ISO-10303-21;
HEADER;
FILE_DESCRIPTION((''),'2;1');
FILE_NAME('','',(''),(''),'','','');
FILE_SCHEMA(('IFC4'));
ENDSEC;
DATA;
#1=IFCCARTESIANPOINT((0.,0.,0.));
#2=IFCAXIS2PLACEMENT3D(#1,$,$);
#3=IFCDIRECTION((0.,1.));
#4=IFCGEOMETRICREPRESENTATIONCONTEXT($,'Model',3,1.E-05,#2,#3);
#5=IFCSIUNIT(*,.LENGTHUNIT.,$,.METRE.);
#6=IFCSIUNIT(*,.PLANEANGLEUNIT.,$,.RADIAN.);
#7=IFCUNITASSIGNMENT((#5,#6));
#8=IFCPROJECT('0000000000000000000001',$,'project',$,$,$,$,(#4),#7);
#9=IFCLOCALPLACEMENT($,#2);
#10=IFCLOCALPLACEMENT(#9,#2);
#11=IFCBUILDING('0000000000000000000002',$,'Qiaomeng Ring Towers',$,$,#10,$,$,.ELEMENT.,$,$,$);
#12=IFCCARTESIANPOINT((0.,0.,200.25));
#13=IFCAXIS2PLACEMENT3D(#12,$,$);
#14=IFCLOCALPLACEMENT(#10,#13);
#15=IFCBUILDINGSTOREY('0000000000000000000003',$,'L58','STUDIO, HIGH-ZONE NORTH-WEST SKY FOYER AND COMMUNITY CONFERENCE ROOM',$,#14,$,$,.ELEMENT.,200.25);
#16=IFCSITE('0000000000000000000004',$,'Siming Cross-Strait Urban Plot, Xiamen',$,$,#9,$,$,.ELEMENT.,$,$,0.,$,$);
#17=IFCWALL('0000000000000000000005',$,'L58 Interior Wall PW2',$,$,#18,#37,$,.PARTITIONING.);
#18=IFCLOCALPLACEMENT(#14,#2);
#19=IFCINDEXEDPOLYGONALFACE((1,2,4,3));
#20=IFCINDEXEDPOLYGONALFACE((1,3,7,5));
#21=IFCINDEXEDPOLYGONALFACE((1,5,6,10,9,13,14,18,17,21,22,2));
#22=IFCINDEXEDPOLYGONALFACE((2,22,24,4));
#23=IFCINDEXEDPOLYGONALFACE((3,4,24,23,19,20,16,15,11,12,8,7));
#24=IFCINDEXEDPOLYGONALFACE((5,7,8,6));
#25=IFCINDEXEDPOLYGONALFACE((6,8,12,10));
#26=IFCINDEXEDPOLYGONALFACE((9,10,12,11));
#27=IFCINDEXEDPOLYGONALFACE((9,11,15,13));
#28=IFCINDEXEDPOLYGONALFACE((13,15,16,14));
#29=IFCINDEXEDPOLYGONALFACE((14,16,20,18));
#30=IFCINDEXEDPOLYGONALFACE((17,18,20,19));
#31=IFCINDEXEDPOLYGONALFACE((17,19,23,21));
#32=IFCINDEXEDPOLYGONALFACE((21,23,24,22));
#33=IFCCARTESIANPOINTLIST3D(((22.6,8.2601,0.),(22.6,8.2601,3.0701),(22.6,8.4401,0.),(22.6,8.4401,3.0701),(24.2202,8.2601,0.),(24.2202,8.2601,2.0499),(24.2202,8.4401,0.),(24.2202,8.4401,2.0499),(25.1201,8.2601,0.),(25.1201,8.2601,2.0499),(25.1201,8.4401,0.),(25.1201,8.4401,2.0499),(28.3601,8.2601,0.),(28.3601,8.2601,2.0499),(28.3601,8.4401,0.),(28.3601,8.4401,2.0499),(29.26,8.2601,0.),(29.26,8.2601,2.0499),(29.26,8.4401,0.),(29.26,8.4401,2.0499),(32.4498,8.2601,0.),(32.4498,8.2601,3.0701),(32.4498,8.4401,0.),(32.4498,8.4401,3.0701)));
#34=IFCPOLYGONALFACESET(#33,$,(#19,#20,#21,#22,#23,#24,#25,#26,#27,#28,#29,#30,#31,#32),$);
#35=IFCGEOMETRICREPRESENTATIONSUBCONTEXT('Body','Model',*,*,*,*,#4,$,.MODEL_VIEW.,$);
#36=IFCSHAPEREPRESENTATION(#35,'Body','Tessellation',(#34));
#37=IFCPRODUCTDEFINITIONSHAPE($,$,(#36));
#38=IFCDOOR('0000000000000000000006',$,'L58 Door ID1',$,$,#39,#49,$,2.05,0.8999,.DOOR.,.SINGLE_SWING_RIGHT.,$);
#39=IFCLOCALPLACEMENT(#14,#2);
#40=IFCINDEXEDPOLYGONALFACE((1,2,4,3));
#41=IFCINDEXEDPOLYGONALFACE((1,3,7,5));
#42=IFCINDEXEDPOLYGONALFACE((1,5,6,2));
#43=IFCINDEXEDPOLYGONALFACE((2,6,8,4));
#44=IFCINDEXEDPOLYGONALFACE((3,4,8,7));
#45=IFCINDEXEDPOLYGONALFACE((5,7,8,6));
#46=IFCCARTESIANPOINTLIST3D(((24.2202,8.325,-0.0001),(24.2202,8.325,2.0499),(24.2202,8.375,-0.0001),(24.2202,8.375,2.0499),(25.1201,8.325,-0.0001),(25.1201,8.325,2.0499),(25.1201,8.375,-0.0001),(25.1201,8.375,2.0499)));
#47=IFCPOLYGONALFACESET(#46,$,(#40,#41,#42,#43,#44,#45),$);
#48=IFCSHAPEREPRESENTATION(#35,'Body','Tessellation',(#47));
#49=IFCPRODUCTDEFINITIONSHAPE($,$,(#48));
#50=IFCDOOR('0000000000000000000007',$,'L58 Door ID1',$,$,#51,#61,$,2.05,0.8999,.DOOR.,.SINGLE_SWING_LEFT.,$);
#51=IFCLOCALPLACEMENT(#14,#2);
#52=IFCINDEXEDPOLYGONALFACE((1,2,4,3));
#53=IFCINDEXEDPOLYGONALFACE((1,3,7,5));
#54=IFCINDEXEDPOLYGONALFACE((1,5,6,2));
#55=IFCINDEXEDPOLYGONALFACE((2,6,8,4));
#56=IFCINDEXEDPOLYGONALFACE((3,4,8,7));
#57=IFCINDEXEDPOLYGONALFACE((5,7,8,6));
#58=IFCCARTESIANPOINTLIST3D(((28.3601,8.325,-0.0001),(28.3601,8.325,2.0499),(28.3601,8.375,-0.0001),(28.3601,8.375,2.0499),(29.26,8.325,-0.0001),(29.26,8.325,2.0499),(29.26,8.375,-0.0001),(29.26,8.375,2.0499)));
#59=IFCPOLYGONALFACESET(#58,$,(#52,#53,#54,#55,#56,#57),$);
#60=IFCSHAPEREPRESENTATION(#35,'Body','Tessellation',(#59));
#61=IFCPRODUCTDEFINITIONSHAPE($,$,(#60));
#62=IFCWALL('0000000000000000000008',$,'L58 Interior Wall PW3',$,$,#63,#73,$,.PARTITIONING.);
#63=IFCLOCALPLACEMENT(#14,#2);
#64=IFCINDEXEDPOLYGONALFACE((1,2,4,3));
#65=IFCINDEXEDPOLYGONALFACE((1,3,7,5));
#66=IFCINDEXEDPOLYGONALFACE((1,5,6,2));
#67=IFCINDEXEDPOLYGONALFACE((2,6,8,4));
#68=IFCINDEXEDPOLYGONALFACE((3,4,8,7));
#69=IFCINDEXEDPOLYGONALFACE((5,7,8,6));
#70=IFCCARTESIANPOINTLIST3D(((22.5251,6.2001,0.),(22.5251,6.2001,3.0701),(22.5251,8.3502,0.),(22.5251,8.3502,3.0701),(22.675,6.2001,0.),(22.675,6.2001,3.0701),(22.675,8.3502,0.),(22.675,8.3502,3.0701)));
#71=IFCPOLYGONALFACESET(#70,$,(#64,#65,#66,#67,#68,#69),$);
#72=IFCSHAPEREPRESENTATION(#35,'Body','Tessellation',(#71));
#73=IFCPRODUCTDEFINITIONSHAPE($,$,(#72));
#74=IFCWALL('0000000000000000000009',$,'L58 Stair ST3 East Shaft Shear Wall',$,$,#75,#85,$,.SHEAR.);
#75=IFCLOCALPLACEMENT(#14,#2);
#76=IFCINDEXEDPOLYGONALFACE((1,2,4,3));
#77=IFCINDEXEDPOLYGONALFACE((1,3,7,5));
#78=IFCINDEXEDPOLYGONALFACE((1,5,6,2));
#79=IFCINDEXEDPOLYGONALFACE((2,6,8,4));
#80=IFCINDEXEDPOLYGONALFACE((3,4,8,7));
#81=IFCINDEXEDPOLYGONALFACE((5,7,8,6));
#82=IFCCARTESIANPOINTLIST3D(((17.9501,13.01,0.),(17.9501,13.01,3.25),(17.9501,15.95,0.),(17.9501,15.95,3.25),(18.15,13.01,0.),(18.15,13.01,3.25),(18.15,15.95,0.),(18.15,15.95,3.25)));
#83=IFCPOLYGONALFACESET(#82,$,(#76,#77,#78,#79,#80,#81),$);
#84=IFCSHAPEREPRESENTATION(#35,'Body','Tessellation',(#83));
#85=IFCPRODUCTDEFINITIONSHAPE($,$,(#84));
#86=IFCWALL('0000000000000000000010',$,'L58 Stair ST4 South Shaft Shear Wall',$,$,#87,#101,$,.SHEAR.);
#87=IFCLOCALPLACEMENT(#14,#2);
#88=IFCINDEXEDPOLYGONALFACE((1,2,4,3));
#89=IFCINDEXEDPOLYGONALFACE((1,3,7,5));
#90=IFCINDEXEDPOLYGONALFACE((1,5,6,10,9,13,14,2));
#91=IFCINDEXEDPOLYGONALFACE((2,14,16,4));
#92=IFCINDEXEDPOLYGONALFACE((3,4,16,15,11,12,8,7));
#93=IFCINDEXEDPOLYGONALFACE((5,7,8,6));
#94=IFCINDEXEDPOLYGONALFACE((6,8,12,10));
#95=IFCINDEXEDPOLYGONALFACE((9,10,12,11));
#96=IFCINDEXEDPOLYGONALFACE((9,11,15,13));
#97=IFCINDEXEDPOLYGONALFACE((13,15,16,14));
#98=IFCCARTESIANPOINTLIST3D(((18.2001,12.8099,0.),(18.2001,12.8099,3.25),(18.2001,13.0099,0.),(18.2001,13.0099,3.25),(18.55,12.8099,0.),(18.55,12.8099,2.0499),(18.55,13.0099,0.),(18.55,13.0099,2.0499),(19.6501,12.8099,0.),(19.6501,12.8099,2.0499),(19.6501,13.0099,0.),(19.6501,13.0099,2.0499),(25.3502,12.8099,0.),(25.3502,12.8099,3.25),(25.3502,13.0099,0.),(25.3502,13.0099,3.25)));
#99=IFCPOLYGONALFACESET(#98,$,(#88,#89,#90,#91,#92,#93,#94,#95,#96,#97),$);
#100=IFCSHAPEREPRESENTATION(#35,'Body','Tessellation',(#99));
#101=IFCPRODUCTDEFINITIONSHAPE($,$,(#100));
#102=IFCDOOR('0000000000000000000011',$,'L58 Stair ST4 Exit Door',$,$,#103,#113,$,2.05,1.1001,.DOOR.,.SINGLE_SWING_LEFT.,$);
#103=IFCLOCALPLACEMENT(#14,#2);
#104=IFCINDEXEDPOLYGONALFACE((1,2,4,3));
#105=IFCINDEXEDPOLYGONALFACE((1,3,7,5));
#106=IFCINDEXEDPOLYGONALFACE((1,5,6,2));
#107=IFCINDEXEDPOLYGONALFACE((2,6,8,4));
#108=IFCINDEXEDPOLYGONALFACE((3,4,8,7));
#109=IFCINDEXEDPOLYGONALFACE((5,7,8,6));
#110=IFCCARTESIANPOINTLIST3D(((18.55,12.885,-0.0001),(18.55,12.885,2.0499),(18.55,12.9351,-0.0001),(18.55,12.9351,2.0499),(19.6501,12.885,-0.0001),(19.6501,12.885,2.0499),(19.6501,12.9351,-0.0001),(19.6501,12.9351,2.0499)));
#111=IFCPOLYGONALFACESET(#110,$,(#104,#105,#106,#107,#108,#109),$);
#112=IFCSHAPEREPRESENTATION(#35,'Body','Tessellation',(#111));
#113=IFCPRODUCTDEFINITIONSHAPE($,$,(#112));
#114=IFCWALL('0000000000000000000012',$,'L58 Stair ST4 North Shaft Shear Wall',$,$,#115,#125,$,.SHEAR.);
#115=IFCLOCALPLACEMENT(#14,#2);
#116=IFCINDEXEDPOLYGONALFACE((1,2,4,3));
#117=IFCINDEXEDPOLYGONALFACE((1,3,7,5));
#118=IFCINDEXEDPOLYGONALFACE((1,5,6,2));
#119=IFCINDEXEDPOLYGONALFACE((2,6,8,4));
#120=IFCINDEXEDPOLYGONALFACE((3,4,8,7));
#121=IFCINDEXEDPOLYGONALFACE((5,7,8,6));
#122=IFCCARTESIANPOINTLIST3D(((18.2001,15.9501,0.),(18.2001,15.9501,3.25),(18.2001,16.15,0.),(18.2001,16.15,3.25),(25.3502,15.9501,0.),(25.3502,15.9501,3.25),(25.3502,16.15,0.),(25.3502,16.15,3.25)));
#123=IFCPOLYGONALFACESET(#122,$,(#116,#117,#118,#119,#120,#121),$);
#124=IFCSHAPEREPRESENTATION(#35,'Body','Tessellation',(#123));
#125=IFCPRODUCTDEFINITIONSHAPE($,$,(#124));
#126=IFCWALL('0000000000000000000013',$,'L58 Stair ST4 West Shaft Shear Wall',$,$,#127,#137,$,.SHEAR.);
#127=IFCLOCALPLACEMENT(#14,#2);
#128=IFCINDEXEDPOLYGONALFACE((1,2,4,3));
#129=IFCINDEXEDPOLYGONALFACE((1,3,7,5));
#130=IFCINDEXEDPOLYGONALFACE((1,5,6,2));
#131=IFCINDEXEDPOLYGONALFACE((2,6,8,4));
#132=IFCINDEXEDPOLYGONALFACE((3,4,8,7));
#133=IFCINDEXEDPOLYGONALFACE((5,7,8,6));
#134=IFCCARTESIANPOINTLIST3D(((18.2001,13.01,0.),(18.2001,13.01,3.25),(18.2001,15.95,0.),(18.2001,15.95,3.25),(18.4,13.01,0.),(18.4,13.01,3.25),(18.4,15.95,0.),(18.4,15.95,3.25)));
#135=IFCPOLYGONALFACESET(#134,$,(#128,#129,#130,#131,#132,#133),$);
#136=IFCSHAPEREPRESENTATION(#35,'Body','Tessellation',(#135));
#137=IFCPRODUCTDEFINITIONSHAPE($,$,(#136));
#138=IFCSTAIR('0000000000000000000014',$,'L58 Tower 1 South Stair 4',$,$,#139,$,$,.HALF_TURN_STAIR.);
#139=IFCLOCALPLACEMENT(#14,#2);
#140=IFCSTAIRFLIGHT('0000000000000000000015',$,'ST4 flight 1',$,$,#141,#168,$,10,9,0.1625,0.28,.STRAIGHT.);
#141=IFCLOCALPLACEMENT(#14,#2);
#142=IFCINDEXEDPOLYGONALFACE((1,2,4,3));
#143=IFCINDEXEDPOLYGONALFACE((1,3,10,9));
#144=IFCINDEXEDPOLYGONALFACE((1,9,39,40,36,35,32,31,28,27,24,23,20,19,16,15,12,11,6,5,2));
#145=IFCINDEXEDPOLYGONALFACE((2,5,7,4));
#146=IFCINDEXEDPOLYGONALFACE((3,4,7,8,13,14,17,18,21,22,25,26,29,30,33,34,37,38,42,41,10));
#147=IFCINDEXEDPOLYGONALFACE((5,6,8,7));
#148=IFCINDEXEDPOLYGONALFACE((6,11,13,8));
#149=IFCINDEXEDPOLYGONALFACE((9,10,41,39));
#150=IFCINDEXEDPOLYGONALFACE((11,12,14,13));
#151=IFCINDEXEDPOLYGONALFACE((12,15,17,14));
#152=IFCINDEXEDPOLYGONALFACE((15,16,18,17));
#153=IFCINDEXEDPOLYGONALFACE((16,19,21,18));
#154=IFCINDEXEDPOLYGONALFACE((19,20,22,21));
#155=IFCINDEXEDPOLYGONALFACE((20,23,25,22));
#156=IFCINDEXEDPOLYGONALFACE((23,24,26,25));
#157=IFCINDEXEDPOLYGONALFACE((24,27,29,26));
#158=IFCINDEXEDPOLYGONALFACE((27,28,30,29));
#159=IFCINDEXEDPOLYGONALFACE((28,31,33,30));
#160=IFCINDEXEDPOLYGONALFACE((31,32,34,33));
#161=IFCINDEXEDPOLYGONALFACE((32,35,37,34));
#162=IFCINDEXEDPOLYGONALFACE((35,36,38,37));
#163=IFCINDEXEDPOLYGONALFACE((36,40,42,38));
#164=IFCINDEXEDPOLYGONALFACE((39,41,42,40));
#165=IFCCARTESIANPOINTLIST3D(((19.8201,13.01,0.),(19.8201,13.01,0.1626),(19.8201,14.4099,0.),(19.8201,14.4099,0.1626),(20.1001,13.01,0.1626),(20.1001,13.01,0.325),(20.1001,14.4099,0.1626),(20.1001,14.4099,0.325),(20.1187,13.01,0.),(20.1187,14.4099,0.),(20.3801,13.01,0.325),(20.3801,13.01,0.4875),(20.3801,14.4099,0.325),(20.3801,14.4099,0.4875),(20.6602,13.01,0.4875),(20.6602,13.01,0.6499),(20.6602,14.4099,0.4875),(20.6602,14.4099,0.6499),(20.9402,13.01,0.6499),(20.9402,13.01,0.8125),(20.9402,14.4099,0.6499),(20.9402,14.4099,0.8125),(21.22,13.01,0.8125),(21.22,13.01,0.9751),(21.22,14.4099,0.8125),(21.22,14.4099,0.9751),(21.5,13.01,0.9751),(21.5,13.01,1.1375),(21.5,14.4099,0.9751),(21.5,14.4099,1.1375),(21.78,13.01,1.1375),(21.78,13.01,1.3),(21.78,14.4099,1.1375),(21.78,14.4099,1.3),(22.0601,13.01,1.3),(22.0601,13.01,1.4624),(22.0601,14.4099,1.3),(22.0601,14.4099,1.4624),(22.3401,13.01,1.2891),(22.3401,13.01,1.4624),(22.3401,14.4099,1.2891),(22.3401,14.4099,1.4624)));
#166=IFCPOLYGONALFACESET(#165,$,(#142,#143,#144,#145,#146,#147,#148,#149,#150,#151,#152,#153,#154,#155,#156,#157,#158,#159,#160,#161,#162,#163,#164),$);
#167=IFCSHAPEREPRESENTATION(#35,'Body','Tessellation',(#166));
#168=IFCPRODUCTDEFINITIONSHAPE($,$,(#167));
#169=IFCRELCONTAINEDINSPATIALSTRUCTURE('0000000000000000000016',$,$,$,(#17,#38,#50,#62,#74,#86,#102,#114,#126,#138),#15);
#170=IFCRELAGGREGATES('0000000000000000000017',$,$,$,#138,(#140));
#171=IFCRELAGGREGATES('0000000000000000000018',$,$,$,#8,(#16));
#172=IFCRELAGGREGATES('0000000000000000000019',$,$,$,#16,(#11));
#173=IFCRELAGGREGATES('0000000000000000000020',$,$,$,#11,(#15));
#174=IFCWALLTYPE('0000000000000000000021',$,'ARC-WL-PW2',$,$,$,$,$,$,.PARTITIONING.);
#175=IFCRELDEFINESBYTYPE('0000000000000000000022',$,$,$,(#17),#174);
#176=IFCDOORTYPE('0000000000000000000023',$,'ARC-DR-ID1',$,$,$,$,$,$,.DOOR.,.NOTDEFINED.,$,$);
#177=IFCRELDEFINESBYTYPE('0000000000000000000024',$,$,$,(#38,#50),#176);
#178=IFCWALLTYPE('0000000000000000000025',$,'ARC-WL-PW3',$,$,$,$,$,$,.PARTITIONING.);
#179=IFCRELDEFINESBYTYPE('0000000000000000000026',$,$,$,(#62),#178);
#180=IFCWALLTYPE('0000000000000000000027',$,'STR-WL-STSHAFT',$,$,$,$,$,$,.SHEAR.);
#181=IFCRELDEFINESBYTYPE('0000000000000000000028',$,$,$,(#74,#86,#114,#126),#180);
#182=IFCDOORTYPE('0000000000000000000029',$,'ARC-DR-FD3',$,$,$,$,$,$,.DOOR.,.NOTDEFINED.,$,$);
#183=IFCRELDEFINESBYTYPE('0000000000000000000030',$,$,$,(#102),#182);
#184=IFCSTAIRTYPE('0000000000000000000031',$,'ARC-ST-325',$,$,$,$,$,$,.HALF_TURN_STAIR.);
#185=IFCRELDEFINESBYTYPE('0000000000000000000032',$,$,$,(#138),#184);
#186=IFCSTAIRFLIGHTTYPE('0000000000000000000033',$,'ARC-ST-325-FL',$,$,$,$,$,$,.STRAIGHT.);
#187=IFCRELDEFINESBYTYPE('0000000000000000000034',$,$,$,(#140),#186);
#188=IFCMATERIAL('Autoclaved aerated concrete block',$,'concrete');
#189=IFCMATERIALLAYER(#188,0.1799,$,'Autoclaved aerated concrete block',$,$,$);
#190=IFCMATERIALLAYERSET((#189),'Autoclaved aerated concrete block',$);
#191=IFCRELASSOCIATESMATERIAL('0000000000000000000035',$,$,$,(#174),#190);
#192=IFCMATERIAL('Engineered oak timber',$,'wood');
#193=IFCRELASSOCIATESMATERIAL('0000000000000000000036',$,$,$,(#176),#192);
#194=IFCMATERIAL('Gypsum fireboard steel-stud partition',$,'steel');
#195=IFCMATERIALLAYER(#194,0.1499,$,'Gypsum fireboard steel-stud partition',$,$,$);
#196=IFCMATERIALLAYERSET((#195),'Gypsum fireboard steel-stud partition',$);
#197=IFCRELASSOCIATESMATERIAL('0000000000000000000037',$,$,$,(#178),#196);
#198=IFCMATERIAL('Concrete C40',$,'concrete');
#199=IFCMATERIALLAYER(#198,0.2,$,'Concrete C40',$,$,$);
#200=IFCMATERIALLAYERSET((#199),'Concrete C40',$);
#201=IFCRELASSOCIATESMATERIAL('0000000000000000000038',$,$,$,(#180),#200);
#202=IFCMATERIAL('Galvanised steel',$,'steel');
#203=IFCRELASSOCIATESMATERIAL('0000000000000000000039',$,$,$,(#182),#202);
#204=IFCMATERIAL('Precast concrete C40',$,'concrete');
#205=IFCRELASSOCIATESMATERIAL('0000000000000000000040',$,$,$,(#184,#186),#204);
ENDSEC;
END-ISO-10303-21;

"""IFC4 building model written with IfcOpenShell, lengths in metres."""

from ifc_helpers import new_model, si_unit, direction, frame, frame_2d, origin, place, context, subcontext, project, spatial, polyline, rectangle, outline, extrude, source, transform, mapped, material, layer, layer_set, type_object, element, fill, aggregate, save


model = new_model("IFC4")

# Units and contexts
model_context = context("Model", 3, precision=1e-05, world=origin(), true_north=direction((0.0, 1.0)))
body_context = subcontext(model_context, "Body", "Model", "MODEL_VIEW")
ifc_project = project(units=[si_unit("LENGTHUNIT", "METRE"), si_unit("PLANEANGLEUNIT", "RADIAN")], contexts=[model_context])

# Site, building, storey
site_placement = place(None, origin())
site = spatial("IfcSite", under=ifc_project, at=site_placement, Name="Siming Cross-Strait Urban Plot, Xiamen", CompositionType="ELEMENT", RefElevation=0.0)
building_placement = place(site_placement, origin())
building = spatial("IfcBuilding", under=site, at=building_placement, Name="Qiaomeng Ring Towers", CompositionType="ELEMENT")
storey_placement = place(building_placement, frame((0.0, 0.0, 200.25)))
storey = spatial("IfcBuildingStorey", under=building, at=storey_placement, Name="L58", Description="STUDIO, HIGH-ZONE NORTH-WEST SKY FOYER AND COMMUNITY CONFERENCE ROOM", CompositionType="ELEMENT", Elevation=200.25)

# Shared definitions
ifc_material_1 = material(Name="Autoclaved aerated concrete block", Category="concrete")

# Wall, openings, doors
ifc_layer_1 = layer(ifc_material_1, 0.1799, Name="Autoclaved aerated concrete block")
ifc_layer_set_1 = layer_set([ifc_layer_1], Name="Autoclaved aerated concrete block")
wall_type_1 = type_object("IfcWallType", Name="ARC-WL-PW2", PredefinedType="PARTITIONING", material=ifc_layer_set_1)
wall_1_placement = place(storey_placement, frame((22.6001, 8.3501, 0.0), z_axis=(0.0, 0.0, 1.0), x_axis=(1.0, 0.0, 0.0)))
wall_1 = element("IfcWall", 1, at=wall_1_placement, inside=storey, type_object=wall_type_1, Name="L58 Interior Wall PW2", PredefinedType="PARTITIONING", context=body_context, shape_type="SweptSolid", body=[
    extrude(rectangle(XDim=9.8499, YDim=0.1799, at=frame_2d((4.9248, 0.0))), origin(), (0.0, 0.0, 1.0), 3.0701),
])
opening_1_placement = place(wall_1_placement, frame((1.6201, 0.0, 0.0)))
opening_1 = element("IfcOpeningElement", 2, at=opening_1_placement, cuts=wall_1, PredefinedType="OPENING", context=body_context, shape_type="SweptSolid", body=[
    extrude(rectangle(XDim=0.8999, YDim=2.05, at=frame_2d((0.45, 1.0249))), frame((0.0, 0.0999, 0.0), z_axis=(0.0, -1.0, 0.0), x_axis=(1.0, 0.0, 0.0)), (0.0, 0.0, 1.0), 0.2),
])
opening_2_placement = place(wall_1_placement, frame((5.76, 0.0, 0.0)))
opening_2 = element("IfcOpeningElement", 3, at=opening_2_placement, cuts=wall_1, PredefinedType="OPENING", context=body_context, shape_type="SweptSolid", body=[
    extrude(rectangle(XDim=0.8999, YDim=2.05, at=frame_2d((0.45, 1.0249))), frame((0.0, 0.0999, 0.0), z_axis=(0.0, -1.0, 0.0), x_axis=(1.0, 0.0, 0.0)), (0.0, 0.0, 1.0), 0.2),
])
ifc_material_2 = material(Name="Engineered oak timber", Category="wood")
door_type_1 = type_object("IfcDoorType", Name="ARC-DR-ID1", OperationType="NOTDEFINED", PredefinedType="DOOR", material=ifc_material_2)
shared_shape_1 = source(origin(), body_context, "Body", "SweptSolid", [
    extrude(rectangle(XDim=0.8999, YDim=2.05, at=frame_2d((0.45, 1.0249))), frame((0.0, 0.0249, 0.0), z_axis=(0.0, -1.0, 0.0), x_axis=(1.0, 0.0, 0.0)), (0.0, 0.0, 1.0), 0.05),
])
door_1_placement = place(opening_1_placement, origin())
door_1 = element("IfcDoor", 4, at=door_1_placement, inside=storey, type_object=door_type_1, Name="L58 Door ID1", OperationType="SINGLE_SWING_RIGHT", OverallHeight=2.05, OverallWidth=0.8999, PredefinedType="DOOR", context=body_context, shape_type="MappedRepresentation", body=[
    mapped(shared_shape_1, transform((0.0, 0.0, 0.0), x_axis=(1.0, 0.0, 0.0), y_axis=(0.0, 1.0, 0.0), z_axis=(0.0, 0.0, 1.0), scale=1.0)),
])
fill(opening_1, door_1)
door_2_placement = place(opening_2_placement, origin())
door_2 = element("IfcDoor", 5, at=door_2_placement, inside=storey, type_object=door_type_1, Name="L58 Door ID1", OperationType="SINGLE_SWING_LEFT", OverallHeight=2.05, OverallWidth=0.8999, PredefinedType="DOOR", context=body_context, shape_type="MappedRepresentation", body=[
    mapped(shared_shape_1, transform((0.0, 0.0, 0.0), x_axis=(1.0, 0.0, 0.0), y_axis=(0.0, 1.0, 0.0), z_axis=(0.0, 0.0, 1.0), scale=1.0)),
])
fill(opening_2, door_2)

# Walls
ifc_material_3 = material(Name="Gypsum fireboard steel-stud partition", Category="steel")
ifc_layer_2 = layer(ifc_material_3, 0.1499, Name="Gypsum fireboard steel-stud partition")
ifc_layer_set_2 = layer_set([ifc_layer_2], Name="Gypsum fireboard steel-stud partition")
wall_type_2 = type_object("IfcWallType", Name="ARC-WL-PW3", PredefinedType="PARTITIONING", material=ifc_layer_set_2)
wall_2_placement = place(storey_placement, frame((22.6001, 6.2, 0.0), z_axis=(0.0, 0.0, 1.0), x_axis=(0.0, 1.0, 0.0)))
element("IfcWall", 6, at=wall_2_placement, inside=storey, type_object=wall_type_2, Name="L58 Interior Wall PW3", PredefinedType="PARTITIONING", context=body_context, shape_type="SweptSolid", body=[
    extrude(rectangle(XDim=2.1501, YDim=0.1499, at=frame_2d((1.0752, 0.0))), origin(), (0.0, 0.0, 1.0), 3.0701),
])
ifc_material_4 = material(Name="Concrete C40", Category="concrete")
ifc_layer_3 = layer(ifc_material_4, 0.2, Name="Concrete C40")
ifc_layer_set_3 = layer_set([ifc_layer_3], Name="Concrete C40")
wall_type_3 = type_object("IfcWallType", Name="STR-WL-STSHAFT", PredefinedType="SHEAR", material=ifc_layer_set_3)
wall_3_placement = place(storey_placement, frame((18.05, 13.01, 0.0), z_axis=(0.0, 0.0, 1.0), x_axis=(0.0, 1.0, 0.0)))
element("IfcWall", 7, at=wall_3_placement, inside=storey, type_object=wall_type_3, Name="L58 Stair ST3 East Shaft Shear Wall", PredefinedType="SHEAR", context=body_context, shape_type="SweptSolid", body=[
    extrude(rectangle(XDim=2.9399, YDim=0.2, at=frame_2d((1.47, 0.0))), origin(), (0.0, 0.0, 1.0), 3.25),
])

# Wall, opening, door
wall_4_placement = place(storey_placement, frame((18.2, 12.9099, 0.0), z_axis=(0.0, 0.0, 1.0), x_axis=(1.0, 0.0, 0.0)))
wall_4 = element("IfcWall", 8, at=wall_4_placement, inside=storey, type_object=wall_type_3, Name="L58 Stair ST4 South Shaft Shear Wall", PredefinedType="SHEAR", context=body_context, shape_type="SweptSolid", body=[
    extrude(rectangle(XDim=7.1501, YDim=0.2, at=frame_2d((3.5752, 0.0))), origin(), (0.0, 0.0, 1.0), 3.25),
])
opening_3_placement = place(wall_4_placement, frame((0.3501, 0.0, 0.0)))
opening_3 = element("IfcOpeningElement", 9, at=opening_3_placement, cuts=wall_4, PredefinedType="OPENING", context=body_context, shape_type="SweptSolid", body=[
    extrude(rectangle(XDim=1.1001, YDim=2.05, at=frame_2d((0.55, 1.0249))), frame((0.0, 0.1099, 0.0), z_axis=(0.0, -1.0, 0.0), x_axis=(1.0, 0.0, 0.0)), (0.0, 0.0, 1.0), 0.22),
])
ifc_material_5 = material(Name="Galvanised steel", Category="steel")
door_type_2 = type_object("IfcDoorType", Name="ARC-DR-FD3", OperationType="NOTDEFINED", PredefinedType="DOOR", material=ifc_material_5)
shared_shape_2 = source(origin(), body_context, "Body", "SweptSolid", [
    extrude(rectangle(XDim=1.1001, YDim=2.05, at=frame_2d((0.55, 1.0249))), frame((0.0, 0.0249, 0.0), z_axis=(0.0, -1.0, 0.0), x_axis=(1.0, 0.0, 0.0)), (0.0, 0.0, 1.0), 0.05),
])
door_3_placement = place(opening_3_placement, frame((1.1001, 0.0, 0.0), z_axis=(0.0, 0.0, 1.0), x_axis=(-1.0, 0.0, 0.0)))
door_3 = element("IfcDoor", 10, at=door_3_placement, inside=storey, type_object=door_type_2, Name="L58 Stair ST4 Exit Door", OperationType="SINGLE_SWING_LEFT", OverallHeight=2.05, OverallWidth=1.1001, PredefinedType="DOOR", context=body_context, shape_type="MappedRepresentation", body=[
    mapped(shared_shape_2, transform((0.0, 0.0, 0.0), x_axis=(1.0, 0.0, 0.0), y_axis=(0.0, 1.0, 0.0), z_axis=(0.0, 0.0, 1.0), scale=1.0)),
])
fill(opening_3, door_3)

# Walls
wall_5_placement = place(storey_placement, frame((18.2, 16.05, 0.0), z_axis=(0.0, 0.0, 1.0), x_axis=(1.0, 0.0, 0.0)))
element("IfcWall", 11, at=wall_5_placement, inside=storey, type_object=wall_type_3, Name="L58 Stair ST4 North Shaft Shear Wall", PredefinedType="SHEAR", context=body_context, shape_type="SweptSolid", body=[
    extrude(rectangle(XDim=7.1501, YDim=0.2, at=frame_2d((3.5752, 0.0))), origin(), (0.0, 0.0, 1.0), 3.25),
])
wall_6_placement = place(storey_placement, frame((18.3, 13.01, 0.0), z_axis=(0.0, 0.0, 1.0), x_axis=(0.0, 1.0, 0.0)))
element("IfcWall", 12, at=wall_6_placement, inside=storey, type_object=wall_type_3, Name="L58 Stair ST4 West Shaft Shear Wall", PredefinedType="SHEAR", context=body_context, shape_type="SweptSolid", body=[
    extrude(rectangle(XDim=2.9399, YDim=0.2, at=frame_2d((1.47, 0.0))), origin(), (0.0, 0.0, 1.0), 3.25),
])

# Stair, stair flight
ifc_material_6 = material(Name="Precast concrete C40", Category="concrete")
stair_type = type_object("IfcStairType", Name="ARC-ST-325", PredefinedType="HALF_TURN_STAIR", material=ifc_material_6)
stair_placement = place(storey_placement, origin())
stair = element("IfcStair", 13, at=stair_placement, inside=storey, type_object=stair_type, Name="L58 Tower 1 South Stair 4", PredefinedType="HALF_TURN_STAIR")
stair_flight_type = type_object("IfcStairFlightType", Name="ARC-ST-325-FL", PredefinedType="STRAIGHT", material=ifc_material_6)
shared_shape_3 = source(origin(), body_context, "Body", "SweptSolid", [
    extrude(outline(polyline([(0.0, 0.0), (0.0, 0.1626), (0.28, 0.1626), (0.28, 0.325), (0.5601, 0.325), (0.5601, 0.4875), (0.8401, 0.4875), (0.8401, 0.6499), (1.1201, 0.6499), (1.1201, 0.8125), (1.3999, 0.8125), (1.3999, 0.9751), (1.6799, 0.9751), (1.6799, 1.1375), (1.96, 1.1375), (1.96, 1.3), (2.24, 1.3), (2.24, 1.4624), (2.52, 1.4624), (2.52, 1.625), (2.52, 1.2891), (0.2986, 0.0), (0.0, 0.0)])), frame((0.0, 0.7, 0.0), z_axis=(0.0, -1.0, 0.0), x_axis=(1.0, 0.0, 0.0)), (0.0, 0.0, 1.0), 1.3999),
])
stair_flight_1_placement = place(storey_placement, frame((19.8201, 13.71, 0.0), z_axis=(0.0, 0.0, 1.0), x_axis=(1.0, 0.0, 0.0)))
stair_flight_1 = element("IfcStairFlight", 14, at=stair_flight_1_placement, type_object=stair_flight_type, Name="ST4 flight 1", NumberOfRisers=10, NumberOfTreads=9, PredefinedType="STRAIGHT", RiserHeight=0.1625, TreadLength=0.28, context=body_context, shape_type="MappedRepresentation", body=[
    mapped(shared_shape_3, transform((0.0, 0.0, 0.0), x_axis=(1.0, 0.0, 0.0), y_axis=(0.0, 1.0, 0.0), z_axis=(0.0, 0.0, 1.0), scale=1.0)),
])
aggregate(stair, [stair_flight_1])

save(model, "model.ifc")
